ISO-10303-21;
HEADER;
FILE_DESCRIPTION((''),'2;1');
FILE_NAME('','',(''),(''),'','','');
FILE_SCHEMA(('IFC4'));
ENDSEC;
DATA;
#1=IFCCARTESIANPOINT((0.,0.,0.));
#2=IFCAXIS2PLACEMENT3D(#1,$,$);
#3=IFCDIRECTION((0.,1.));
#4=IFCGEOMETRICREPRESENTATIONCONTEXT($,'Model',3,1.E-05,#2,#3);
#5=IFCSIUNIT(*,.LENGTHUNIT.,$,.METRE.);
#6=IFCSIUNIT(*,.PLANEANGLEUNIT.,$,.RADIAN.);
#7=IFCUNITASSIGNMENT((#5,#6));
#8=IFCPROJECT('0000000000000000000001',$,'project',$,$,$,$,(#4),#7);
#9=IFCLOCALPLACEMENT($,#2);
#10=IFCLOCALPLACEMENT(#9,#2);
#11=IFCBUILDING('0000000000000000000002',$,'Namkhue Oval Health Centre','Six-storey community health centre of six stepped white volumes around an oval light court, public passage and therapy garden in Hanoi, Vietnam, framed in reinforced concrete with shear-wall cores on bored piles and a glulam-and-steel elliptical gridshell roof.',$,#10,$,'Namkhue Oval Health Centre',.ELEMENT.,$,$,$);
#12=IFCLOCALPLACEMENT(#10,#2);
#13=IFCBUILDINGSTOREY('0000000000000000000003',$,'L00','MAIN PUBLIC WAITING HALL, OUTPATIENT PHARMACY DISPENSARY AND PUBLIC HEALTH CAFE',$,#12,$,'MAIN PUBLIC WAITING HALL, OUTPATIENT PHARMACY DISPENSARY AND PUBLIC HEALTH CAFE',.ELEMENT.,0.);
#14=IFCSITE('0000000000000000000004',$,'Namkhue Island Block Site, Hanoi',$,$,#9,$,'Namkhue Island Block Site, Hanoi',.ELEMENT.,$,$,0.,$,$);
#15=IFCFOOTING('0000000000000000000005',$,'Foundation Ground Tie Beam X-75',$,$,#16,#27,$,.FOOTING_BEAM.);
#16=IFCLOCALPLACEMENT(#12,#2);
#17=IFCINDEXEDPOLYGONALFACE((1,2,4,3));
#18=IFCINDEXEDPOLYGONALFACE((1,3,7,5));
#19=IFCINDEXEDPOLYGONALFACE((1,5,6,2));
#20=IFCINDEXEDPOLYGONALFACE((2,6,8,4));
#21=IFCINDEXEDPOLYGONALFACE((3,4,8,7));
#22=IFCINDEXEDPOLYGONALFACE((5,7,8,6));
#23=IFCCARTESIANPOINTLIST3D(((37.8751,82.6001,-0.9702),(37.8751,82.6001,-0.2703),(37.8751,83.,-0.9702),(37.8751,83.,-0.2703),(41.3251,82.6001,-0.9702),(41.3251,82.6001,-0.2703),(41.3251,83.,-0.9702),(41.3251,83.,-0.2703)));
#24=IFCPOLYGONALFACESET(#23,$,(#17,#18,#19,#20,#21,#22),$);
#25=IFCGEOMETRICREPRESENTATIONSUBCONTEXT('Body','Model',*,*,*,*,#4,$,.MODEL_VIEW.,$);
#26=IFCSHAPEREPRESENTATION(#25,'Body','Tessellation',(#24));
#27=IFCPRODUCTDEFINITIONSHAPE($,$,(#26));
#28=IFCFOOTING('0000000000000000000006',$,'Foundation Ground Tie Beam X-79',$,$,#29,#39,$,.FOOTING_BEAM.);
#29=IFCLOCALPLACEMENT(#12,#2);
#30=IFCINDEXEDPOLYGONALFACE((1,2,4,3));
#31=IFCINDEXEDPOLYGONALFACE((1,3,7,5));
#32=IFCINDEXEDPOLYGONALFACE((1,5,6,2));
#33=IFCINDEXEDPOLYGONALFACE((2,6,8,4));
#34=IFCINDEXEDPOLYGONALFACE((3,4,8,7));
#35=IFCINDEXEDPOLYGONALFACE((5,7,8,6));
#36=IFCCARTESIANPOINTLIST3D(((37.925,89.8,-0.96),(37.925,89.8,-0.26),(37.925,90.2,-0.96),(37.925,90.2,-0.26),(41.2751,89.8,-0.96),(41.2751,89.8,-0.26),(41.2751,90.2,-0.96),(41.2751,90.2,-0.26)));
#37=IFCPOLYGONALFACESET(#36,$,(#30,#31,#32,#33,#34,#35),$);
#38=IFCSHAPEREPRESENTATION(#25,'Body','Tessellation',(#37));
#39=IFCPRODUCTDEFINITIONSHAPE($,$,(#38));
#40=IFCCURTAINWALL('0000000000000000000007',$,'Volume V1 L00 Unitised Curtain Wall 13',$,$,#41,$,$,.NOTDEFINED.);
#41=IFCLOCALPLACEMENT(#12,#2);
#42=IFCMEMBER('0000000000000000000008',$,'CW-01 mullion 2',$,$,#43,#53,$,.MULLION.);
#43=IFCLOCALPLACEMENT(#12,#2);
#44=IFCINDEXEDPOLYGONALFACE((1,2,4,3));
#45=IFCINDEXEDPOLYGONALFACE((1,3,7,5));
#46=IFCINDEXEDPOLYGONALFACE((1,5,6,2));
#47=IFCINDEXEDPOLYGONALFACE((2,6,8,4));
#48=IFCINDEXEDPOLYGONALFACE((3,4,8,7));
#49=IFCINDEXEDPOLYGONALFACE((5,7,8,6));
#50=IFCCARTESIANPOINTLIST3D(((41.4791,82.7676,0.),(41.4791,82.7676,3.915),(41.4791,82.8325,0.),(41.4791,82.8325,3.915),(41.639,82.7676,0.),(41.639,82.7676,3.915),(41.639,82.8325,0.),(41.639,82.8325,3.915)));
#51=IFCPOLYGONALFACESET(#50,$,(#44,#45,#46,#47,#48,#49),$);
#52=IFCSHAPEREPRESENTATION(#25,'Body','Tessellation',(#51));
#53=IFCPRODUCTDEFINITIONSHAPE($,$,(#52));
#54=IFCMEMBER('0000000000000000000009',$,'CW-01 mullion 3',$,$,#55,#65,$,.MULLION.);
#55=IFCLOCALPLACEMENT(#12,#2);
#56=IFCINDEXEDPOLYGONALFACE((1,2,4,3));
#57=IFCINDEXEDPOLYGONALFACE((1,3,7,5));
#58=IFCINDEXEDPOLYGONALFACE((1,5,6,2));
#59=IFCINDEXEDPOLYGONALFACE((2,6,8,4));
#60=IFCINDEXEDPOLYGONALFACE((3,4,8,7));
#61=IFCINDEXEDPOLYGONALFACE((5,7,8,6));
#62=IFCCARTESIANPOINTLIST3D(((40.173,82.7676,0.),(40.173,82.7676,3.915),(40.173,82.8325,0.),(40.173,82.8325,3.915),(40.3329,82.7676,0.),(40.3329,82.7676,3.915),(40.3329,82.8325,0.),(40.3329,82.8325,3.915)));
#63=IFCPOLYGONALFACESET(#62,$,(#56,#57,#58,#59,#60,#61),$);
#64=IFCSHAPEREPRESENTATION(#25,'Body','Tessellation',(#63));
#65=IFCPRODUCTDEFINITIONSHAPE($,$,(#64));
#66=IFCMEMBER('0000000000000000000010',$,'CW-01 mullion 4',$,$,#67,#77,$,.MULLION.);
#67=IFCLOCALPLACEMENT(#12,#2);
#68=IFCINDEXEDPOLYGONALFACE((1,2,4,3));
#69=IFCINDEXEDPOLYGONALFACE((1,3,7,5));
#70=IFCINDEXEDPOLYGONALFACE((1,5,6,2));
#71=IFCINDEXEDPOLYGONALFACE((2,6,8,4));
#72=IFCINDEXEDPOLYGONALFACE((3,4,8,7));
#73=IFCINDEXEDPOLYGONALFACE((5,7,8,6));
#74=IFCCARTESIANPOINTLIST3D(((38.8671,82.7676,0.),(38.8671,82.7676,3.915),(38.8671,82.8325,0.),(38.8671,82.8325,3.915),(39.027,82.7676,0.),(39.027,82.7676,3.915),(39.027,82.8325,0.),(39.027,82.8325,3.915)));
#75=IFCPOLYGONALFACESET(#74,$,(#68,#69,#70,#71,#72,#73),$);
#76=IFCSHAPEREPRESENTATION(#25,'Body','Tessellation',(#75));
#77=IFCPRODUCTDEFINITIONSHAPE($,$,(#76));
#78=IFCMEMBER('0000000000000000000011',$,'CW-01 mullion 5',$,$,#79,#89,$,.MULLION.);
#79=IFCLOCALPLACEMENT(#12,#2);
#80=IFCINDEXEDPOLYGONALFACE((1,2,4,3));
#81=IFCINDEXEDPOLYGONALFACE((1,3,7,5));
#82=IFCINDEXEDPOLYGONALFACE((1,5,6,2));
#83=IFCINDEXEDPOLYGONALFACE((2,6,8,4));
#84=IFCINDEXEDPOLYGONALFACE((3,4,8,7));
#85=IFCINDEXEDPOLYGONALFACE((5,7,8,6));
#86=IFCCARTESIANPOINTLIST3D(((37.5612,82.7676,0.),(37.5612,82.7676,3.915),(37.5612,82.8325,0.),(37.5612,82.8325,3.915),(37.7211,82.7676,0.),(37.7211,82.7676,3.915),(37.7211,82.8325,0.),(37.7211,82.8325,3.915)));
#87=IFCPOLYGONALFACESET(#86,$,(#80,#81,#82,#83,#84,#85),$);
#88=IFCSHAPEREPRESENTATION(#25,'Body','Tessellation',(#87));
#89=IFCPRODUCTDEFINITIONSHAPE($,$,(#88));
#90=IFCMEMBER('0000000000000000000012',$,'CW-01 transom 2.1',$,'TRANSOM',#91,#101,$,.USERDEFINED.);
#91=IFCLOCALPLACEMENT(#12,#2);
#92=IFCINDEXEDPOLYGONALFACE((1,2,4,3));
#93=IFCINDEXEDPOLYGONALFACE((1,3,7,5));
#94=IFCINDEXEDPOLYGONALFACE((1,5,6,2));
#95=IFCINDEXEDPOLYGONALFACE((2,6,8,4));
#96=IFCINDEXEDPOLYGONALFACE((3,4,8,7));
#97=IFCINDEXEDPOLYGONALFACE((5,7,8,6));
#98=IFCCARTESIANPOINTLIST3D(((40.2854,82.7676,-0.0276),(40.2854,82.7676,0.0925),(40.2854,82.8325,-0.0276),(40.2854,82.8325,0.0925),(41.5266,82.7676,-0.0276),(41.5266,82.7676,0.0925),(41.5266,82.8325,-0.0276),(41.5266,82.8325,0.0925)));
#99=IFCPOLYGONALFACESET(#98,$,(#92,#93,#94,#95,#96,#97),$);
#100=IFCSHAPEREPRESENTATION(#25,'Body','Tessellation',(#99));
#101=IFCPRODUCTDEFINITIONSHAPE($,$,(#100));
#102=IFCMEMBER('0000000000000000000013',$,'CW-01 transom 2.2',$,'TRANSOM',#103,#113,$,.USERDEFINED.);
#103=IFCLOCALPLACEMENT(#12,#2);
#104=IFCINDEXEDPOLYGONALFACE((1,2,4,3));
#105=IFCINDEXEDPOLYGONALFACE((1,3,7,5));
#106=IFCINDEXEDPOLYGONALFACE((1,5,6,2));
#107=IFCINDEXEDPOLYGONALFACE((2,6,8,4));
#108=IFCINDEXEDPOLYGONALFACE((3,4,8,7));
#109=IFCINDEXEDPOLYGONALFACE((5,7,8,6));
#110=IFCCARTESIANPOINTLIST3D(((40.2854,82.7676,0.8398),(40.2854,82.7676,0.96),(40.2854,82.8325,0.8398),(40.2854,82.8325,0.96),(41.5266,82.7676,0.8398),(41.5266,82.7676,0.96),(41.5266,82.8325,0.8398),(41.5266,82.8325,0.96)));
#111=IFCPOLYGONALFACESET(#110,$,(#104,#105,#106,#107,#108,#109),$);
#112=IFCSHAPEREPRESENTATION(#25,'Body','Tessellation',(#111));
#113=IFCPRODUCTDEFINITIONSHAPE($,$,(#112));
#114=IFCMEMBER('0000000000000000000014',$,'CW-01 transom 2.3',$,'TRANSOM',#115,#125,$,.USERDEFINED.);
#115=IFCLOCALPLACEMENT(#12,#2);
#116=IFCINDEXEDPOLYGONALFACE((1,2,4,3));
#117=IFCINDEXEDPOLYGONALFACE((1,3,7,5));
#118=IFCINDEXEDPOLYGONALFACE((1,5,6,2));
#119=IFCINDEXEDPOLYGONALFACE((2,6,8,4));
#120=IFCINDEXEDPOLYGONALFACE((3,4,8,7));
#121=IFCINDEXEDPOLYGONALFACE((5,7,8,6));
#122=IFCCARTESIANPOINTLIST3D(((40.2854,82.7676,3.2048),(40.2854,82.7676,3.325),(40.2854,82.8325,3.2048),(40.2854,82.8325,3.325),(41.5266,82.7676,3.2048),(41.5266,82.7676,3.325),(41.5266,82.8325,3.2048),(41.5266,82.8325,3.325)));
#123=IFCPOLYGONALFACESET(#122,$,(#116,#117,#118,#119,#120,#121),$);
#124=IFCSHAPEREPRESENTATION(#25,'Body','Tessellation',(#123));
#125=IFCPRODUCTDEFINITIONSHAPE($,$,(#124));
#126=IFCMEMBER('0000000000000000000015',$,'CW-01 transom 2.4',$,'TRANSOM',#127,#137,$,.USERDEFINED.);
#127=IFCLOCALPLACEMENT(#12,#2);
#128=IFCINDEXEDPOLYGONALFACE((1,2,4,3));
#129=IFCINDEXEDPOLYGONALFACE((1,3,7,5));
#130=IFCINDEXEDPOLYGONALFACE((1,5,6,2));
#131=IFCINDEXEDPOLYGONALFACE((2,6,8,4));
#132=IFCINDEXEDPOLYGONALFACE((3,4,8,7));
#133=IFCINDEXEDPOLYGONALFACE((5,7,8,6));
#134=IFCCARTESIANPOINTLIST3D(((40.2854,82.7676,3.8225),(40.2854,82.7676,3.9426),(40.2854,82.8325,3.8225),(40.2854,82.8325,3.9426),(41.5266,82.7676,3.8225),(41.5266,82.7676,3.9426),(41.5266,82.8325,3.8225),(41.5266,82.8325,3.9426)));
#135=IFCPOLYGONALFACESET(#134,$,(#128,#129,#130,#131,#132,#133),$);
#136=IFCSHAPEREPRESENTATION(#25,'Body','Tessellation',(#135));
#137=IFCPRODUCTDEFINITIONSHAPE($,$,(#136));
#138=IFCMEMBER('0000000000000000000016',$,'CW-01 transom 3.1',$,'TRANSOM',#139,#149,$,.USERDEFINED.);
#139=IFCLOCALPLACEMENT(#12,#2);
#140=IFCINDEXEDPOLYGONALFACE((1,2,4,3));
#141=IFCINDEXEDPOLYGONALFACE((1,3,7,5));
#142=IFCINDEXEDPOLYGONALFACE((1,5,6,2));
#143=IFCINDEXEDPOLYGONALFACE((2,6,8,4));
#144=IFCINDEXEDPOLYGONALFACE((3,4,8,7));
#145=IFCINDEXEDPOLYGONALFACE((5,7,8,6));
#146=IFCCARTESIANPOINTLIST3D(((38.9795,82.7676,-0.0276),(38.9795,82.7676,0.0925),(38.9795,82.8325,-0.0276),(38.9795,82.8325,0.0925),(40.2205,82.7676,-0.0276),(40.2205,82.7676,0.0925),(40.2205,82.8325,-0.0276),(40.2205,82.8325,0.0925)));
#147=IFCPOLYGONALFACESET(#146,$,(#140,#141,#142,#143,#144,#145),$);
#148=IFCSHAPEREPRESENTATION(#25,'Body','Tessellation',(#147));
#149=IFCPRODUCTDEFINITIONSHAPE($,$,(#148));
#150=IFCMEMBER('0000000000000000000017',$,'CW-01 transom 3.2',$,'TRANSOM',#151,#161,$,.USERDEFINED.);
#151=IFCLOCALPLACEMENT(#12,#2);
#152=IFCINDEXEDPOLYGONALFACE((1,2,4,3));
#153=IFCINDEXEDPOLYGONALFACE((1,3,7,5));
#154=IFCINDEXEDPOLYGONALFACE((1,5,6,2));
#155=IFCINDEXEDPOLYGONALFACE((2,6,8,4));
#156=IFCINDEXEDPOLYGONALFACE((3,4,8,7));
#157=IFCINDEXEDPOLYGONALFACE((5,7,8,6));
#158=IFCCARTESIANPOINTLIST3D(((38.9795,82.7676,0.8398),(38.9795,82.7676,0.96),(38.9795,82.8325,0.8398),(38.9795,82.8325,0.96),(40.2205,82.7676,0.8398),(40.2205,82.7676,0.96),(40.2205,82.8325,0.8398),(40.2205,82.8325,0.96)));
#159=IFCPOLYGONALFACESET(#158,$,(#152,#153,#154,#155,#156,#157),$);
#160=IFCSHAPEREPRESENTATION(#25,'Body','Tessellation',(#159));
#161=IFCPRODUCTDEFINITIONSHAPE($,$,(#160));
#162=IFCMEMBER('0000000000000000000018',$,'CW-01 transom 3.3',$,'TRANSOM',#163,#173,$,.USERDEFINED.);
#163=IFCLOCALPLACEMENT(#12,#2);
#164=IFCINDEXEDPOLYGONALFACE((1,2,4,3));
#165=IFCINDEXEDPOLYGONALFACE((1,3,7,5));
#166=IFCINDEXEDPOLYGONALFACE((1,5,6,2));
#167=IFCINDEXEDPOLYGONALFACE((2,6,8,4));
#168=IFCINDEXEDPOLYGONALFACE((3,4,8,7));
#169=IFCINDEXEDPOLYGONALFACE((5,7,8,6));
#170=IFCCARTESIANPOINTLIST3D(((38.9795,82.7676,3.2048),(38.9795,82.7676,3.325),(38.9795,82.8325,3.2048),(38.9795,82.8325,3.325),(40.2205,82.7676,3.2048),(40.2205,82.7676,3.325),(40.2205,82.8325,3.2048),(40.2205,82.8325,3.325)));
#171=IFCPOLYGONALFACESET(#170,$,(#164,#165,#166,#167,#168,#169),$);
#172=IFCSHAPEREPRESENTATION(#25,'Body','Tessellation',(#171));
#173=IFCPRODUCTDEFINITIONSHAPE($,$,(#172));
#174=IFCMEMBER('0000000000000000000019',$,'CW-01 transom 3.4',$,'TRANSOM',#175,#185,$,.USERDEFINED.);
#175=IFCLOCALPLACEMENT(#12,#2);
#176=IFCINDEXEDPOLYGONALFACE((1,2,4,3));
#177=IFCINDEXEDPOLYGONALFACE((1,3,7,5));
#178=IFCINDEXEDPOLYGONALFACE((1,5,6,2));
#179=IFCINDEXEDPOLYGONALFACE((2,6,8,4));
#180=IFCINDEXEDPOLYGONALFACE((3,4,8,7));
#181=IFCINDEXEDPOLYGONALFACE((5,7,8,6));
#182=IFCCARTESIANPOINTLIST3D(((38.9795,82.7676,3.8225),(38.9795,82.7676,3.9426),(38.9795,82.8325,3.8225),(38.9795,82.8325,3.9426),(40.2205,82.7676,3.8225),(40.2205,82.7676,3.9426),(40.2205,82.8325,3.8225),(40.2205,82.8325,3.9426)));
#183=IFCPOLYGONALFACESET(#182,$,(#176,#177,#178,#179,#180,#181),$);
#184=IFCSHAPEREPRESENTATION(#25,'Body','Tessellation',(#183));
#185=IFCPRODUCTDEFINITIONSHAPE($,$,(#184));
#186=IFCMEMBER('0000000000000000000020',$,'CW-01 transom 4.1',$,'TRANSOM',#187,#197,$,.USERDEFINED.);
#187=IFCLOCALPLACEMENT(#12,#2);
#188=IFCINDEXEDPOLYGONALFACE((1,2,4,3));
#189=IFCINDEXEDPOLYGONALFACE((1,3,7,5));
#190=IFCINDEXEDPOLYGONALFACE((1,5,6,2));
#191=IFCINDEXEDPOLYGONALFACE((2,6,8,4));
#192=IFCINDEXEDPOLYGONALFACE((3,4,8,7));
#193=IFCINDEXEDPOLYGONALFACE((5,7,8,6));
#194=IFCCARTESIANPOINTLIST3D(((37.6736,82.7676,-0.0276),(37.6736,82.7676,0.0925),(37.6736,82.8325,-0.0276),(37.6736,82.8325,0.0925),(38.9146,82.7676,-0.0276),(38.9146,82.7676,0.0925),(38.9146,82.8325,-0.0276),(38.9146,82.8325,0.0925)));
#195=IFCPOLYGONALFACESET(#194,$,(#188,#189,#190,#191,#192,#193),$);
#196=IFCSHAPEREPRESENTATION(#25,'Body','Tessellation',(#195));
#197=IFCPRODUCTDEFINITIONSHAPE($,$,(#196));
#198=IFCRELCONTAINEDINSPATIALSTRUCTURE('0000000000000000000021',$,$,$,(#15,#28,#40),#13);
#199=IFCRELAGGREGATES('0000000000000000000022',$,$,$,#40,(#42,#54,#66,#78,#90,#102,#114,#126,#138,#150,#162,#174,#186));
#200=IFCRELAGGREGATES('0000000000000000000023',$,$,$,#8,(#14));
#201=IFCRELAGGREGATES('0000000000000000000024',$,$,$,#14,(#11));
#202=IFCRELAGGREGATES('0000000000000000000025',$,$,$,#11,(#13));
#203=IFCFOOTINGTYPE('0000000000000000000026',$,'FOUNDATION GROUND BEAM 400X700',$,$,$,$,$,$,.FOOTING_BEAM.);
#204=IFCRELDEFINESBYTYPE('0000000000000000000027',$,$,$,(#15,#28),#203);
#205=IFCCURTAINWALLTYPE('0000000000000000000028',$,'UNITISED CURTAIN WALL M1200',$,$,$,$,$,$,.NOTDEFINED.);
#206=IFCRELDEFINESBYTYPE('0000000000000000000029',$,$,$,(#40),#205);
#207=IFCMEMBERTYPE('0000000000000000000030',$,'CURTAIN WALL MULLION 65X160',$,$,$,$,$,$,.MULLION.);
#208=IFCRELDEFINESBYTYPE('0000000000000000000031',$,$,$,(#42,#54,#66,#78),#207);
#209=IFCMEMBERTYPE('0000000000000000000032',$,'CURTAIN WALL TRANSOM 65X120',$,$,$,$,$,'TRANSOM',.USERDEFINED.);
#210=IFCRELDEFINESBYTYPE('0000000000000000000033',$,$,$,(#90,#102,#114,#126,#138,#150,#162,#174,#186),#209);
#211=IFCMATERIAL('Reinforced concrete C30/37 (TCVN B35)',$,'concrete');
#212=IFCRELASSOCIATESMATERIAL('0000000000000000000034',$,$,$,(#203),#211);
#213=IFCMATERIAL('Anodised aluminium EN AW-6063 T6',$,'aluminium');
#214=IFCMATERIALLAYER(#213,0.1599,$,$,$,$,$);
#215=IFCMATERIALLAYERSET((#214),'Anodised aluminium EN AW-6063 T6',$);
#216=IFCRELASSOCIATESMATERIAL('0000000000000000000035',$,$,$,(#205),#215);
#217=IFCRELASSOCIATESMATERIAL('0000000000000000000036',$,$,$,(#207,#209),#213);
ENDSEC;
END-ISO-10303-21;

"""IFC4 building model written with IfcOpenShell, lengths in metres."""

from ifc_helpers import new_model, si_unit, direction, frame, origin, origin_2d, place, context, subcontext, project, spatial, rectangle, extrude, material, layer, layer_set, material_profile, profile_set, type_object, element, aggregate, save


model = new_model("IFC4")

# Units and contexts
model_context = context("Model", 3, precision=1e-05, world=origin(), true_north=direction((0.0, 1.0)))
body_context = subcontext(model_context, "Body", "Model", "MODEL_VIEW")
ifc_project = project(units=[si_unit("LENGTHUNIT", "METRE"), si_unit("PLANEANGLEUNIT", "RADIAN")], contexts=[model_context])

# Site, building, storey
site_placement = place(None, origin())
site = spatial("IfcSite", under=ifc_project, at=site_placement, Name="Namkhue Island Block Site, Hanoi", LongName="Namkhue Island Block Site, Hanoi", CompositionType="ELEMENT", RefElevation=0.0)
building_placement = place(site_placement, origin())
building = spatial("IfcBuilding", under=site, at=building_placement, Name="Namkhue Oval Health Centre", Description="Six-storey community health centre of six stepped white volumes around an oval light court, public passage and therapy garden in Hanoi, Vietnam, framed in reinforced concrete with shear-wall cores on bored piles and a glulam-and-steel elliptical gridshell roof.", LongName="Namkhue Oval Health Centre", CompositionType="ELEMENT")
storey_placement = place(building_placement, origin())
storey = spatial("IfcBuildingStorey", under=building, at=storey_placement, Name="L00", Description="MAIN PUBLIC WAITING HALL, OUTPATIENT PHARMACY DISPENSARY AND PUBLIC HEALTH CAFE", LongName="MAIN PUBLIC WAITING HALL, OUTPATIENT PHARMACY DISPENSARY AND PUBLIC HEALTH CAFE", CompositionType="ELEMENT", Elevation=0.0)

# Footings
ifc_material_1 = material(Name="Reinforced concrete C30/37 (TCVN B35)", Category="concrete")
footing_type = type_object("IfcFootingType", Name="FOUNDATION GROUND BEAM 400X700", PredefinedType="FOOTING_BEAM", material=ifc_material_1)
footing_1_placement = place(storey_placement, frame((39.6001, 82.8, -0.9702), z_axis=(0.0, 0.0, 1.0), x_axis=(1.0, 0.0, 0.0)))
element("IfcFooting", 1, at=footing_1_placement, inside=storey, type_object=footing_type, Name="Foundation Ground Tie Beam X-75", PredefinedType="FOOTING_BEAM", context=body_context, shape_type="SweptSolid", body=[
    extrude(rectangle(XDim=3.45, YDim=0.3999, at=origin_2d()), origin(), (0.0, 0.0, 1.0), 0.7),
])
footing_2_placement = place(storey_placement, frame((39.6001, 90.0, -0.96), z_axis=(0.0, 0.0, 1.0), x_axis=(1.0, 0.0, 0.0)))
element("IfcFooting", 2, at=footing_2_placement, inside=storey, type_object=footing_type, Name="Foundation Ground Tie Beam X-79", PredefinedType="FOOTING_BEAM", context=body_context, shape_type="SweptSolid", body=[
    extrude(rectangle(XDim=3.3501, YDim=0.3999, at=origin_2d()), origin(), (0.0, 0.0, 1.0), 0.7),
])

# Curtain wall, members
ifc_material_2 = material(Name="Anodised aluminium EN AW-6063 T6", Category="aluminium")
ifc_layer_1 = layer(ifc_material_2, 0.1599)
ifc_layer_set_1 = layer_set([ifc_layer_1], Name="Anodised aluminium EN AW-6063 T6")
curtain_wall_type = type_object("IfcCurtainWallType", Name="UNITISED CURTAIN WALL M1200", PredefinedType="NOTDEFINED", material=ifc_layer_set_1)
curtain_wall_placement = place(storey_placement, origin())
curtain_wall = element("IfcCurtainWall", 3, at=curtain_wall_placement, inside=storey, type_object=curtain_wall_type, Name="Volume V1 L00 Unitised Curtain Wall 13", PredefinedType="NOTDEFINED")
ifc_material_profile_1 = material_profile(ifc_material_2, rectangle(XDim=0.0649, YDim=0.1599, at=origin_2d()), Name="ALU 65x160")
ifc_profile_set_1 = profile_set([ifc_material_profile_1], Name="Anodised aluminium EN AW-6063 T6")
member_type_1 = type_object("IfcMemberType", Name="CURTAIN WALL MULLION 65X160", PredefinedType="MULLION", material=ifc_profile_set_1)
member_1_placement = place(storey_placement, frame((41.5591, 82.8, 0.0), z_axis=(0.0, 0.0, 1.0), x_axis=(0.0, -1.0, 0.0)))
member_1 = element("IfcMember", 4, at=member_1_placement, type_object=member_type_1, Name="CW-01 mullion 2", PredefinedType="MULLION", context=body_context, shape_type="SweptSolid", body=[
    extrude(rectangle(XDim=0.0649, YDim=0.1599, at=origin_2d()), origin(), (0.0, 0.0, 1.0), 3.915),
])
member_2_placement = place(storey_placement, frame((40.2529, 82.8, 0.0), z_axis=(0.0, 0.0, 1.0), x_axis=(0.0, -1.0, 0.0)))
member_2 = element("IfcMember", 5, at=member_2_placement, type_object=member_type_1, Name="CW-01 mullion 3", PredefinedType="MULLION", context=body_context, shape_type="SweptSolid", body=[
    extrude(rectangle(XDim=0.0649, YDim=0.1599, at=origin_2d()), origin(), (0.0, 0.0, 1.0), 3.915),
])
member_3_placement = place(storey_placement, frame((38.947, 82.8, 0.0), z_axis=(0.0, 0.0, 1.0), x_axis=(0.0, -1.0, 0.0)))
member_3 = element("IfcMember", 6, at=member_3_placement, type_object=member_type_1, Name="CW-01 mullion 4", PredefinedType="MULLION", context=body_context, shape_type="SweptSolid", body=[
    extrude(rectangle(XDim=0.0649, YDim=0.1599, at=origin_2d()), origin(), (0.0, 0.0, 1.0), 3.915),
])
member_4_placement = place(storey_placement, frame((37.6411, 82.8, 0.0), z_axis=(0.0, 0.0, 1.0), x_axis=(0.0, -1.0, 0.0)))
member_4 = element("IfcMember", 7, at=member_4_placement, type_object=member_type_1, Name="CW-01 mullion 5", PredefinedType="MULLION", context=body_context, shape_type="SweptSolid", body=[
    extrude(rectangle(XDim=0.0649, YDim=0.1599, at=origin_2d()), origin(), (0.0, 0.0, 1.0), 3.915),
])
ifc_material_profile_2 = material_profile(ifc_material_2, rectangle(XDim=0.0649, YDim=0.1201, at=origin_2d()), Name="ALU 65x120")
ifc_profile_set_2 = profile_set([ifc_material_profile_2], Name="Anodised aluminium EN AW-6063 T6")
member_type_2 = type_object("IfcMemberType", Name="CURTAIN WALL TRANSOM 65X120", ElementType="TRANSOM", PredefinedType="USERDEFINED", material=ifc_profile_set_2)
member_5_placement = place(storey_placement, frame((41.5266, 82.8, 0.0325), z_axis=(-1.0, 0.0, 0.0), x_axis=(0.0, -1.0, 0.0)))
member_5 = element("IfcMember", 8, at=member_5_placement, type_object=member_type_2, Name="CW-01 transom 2.1", ObjectType="TRANSOM", PredefinedType="USERDEFINED", context=body_context, shape_type="SweptSolid", body=[
    extrude(rectangle(XDim=0.0649, YDim=0.1201, at=origin_2d()), origin(), (0.0, 0.0, 1.0), 1.2412),
])
member_6_placement = place(storey_placement, frame((41.5266, 82.8, 0.8999), z_axis=(-1.0, 0.0, 0.0), x_axis=(0.0, -1.0, 0.0)))
member_6 = element("IfcMember", 9, at=member_6_placement, type_object=member_type_2, Name="CW-01 transom 2.2", ObjectType="TRANSOM", PredefinedType="USERDEFINED", context=body_context, shape_type="SweptSolid", body=[
    extrude(rectangle(XDim=0.0649, YDim=0.1201, at=origin_2d()), origin(), (0.0, 0.0, 1.0), 1.2412),
])
member_7_placement = place(storey_placement, frame((41.5266, 82.8, 3.2649), z_axis=(-1.0, 0.0, 0.0), x_axis=(0.0, -1.0, 0.0)))
member_7 = element("IfcMember", 10, at=member_7_placement, type_object=member_type_2, Name="CW-01 transom 2.3", ObjectType="TRANSOM", PredefinedType="USERDEFINED", context=body_context, shape_type="SweptSolid", body=[
    extrude(rectangle(XDim=0.0649, YDim=0.1201, at=origin_2d()), origin(), (0.0, 0.0, 1.0), 1.2412),
])
member_8_placement = place(storey_placement, frame((41.5266, 82.8, 3.8826), z_axis=(-1.0, 0.0, 0.0), x_axis=(0.0, -1.0, 0.0)))
member_8 = element("IfcMember", 11, at=member_8_placement, type_object=member_type_2, Name="CW-01 transom 2.4", ObjectType="TRANSOM", PredefinedType="USERDEFINED", context=body_context, shape_type="SweptSolid", body=[
    extrude(rectangle(XDim=0.0649, YDim=0.1201, at=origin_2d()), origin(), (0.0, 0.0, 1.0), 1.2412),
])
member_9_placement = place(storey_placement, frame((40.2205, 82.8, 0.0325), z_axis=(-1.0, 0.0, 0.0), x_axis=(0.0, -1.0, 0.0)))
member_9 = element("IfcMember", 12, at=member_9_placement, type_object=member_type_2, Name="CW-01 transom 3.1", ObjectType="TRANSOM", PredefinedType="USERDEFINED", context=body_context, shape_type="SweptSolid", body=[
    extrude(rectangle(XDim=0.0649, YDim=0.1201, at=origin_2d()), origin(), (0.0, 0.0, 1.0), 1.241),
])
member_10_placement = place(storey_placement, frame((40.2205, 82.8, 0.8999), z_axis=(-1.0, 0.0, 0.0), x_axis=(0.0, -1.0, 0.0)))
member_10 = element("IfcMember", 13, at=member_10_placement, type_object=member_type_2, Name="CW-01 transom 3.2", ObjectType="TRANSOM", PredefinedType="USERDEFINED", context=body_context, shape_type="SweptSolid", body=[
    extrude(rectangle(XDim=0.0649, YDim=0.1201, at=origin_2d()), origin(), (0.0, 0.0, 1.0), 1.241),
])
member_11_placement = place(storey_placement, frame((40.2205, 82.8, 3.2649), z_axis=(-1.0, 0.0, 0.0), x_axis=(0.0, -1.0, 0.0)))
member_11 = element("IfcMember", 14, at=member_11_placement, type_object=member_type_2, Name="CW-01 transom 3.3", ObjectType="TRANSOM", PredefinedType="USERDEFINED", context=body_context, shape_type="SweptSolid", body=[
    extrude(rectangle(XDim=0.0649, YDim=0.1201, at=origin_2d()), origin(), (0.0, 0.0, 1.0), 1.241),
])
member_12_placement = place(storey_placement, frame((40.2205, 82.8, 3.8826), z_axis=(-1.0, 0.0, 0.0), x_axis=(0.0, -1.0, 0.0)))
member_12 = element("IfcMember", 15, at=member_12_placement, type_object=member_type_2, Name="CW-01 transom 3.4", ObjectType="TRANSOM", PredefinedType="USERDEFINED", context=body_context, shape_type="SweptSolid", body=[
    extrude(rectangle(XDim=0.0649, YDim=0.1201, at=origin_2d()), origin(), (0.0, 0.0, 1.0), 1.241),
])
member_13_placement = place(storey_placement, frame((38.9146, 82.8, 0.0325), z_axis=(-1.0, 0.0, 0.0), x_axis=(0.0, -1.0, 0.0)))
member_13 = element("IfcMember", 16, at=member_13_placement, type_object=member_type_2, Name="CW-01 transom 4.1", ObjectType="TRANSOM", PredefinedType="USERDEFINED", context=body_context, shape_type="SweptSolid", body=[
    extrude(rectangle(XDim=0.0649, YDim=0.1201, at=origin_2d()), origin(), (0.0, 0.0, 1.0), 1.241),
])
aggregate(curtain_wall, [member_1, member_2, member_3, member_4, member_5, member_6, member_7, member_8, member_9, member_10, member_11, member_12, member_13])

save(model, "model.ifc")
